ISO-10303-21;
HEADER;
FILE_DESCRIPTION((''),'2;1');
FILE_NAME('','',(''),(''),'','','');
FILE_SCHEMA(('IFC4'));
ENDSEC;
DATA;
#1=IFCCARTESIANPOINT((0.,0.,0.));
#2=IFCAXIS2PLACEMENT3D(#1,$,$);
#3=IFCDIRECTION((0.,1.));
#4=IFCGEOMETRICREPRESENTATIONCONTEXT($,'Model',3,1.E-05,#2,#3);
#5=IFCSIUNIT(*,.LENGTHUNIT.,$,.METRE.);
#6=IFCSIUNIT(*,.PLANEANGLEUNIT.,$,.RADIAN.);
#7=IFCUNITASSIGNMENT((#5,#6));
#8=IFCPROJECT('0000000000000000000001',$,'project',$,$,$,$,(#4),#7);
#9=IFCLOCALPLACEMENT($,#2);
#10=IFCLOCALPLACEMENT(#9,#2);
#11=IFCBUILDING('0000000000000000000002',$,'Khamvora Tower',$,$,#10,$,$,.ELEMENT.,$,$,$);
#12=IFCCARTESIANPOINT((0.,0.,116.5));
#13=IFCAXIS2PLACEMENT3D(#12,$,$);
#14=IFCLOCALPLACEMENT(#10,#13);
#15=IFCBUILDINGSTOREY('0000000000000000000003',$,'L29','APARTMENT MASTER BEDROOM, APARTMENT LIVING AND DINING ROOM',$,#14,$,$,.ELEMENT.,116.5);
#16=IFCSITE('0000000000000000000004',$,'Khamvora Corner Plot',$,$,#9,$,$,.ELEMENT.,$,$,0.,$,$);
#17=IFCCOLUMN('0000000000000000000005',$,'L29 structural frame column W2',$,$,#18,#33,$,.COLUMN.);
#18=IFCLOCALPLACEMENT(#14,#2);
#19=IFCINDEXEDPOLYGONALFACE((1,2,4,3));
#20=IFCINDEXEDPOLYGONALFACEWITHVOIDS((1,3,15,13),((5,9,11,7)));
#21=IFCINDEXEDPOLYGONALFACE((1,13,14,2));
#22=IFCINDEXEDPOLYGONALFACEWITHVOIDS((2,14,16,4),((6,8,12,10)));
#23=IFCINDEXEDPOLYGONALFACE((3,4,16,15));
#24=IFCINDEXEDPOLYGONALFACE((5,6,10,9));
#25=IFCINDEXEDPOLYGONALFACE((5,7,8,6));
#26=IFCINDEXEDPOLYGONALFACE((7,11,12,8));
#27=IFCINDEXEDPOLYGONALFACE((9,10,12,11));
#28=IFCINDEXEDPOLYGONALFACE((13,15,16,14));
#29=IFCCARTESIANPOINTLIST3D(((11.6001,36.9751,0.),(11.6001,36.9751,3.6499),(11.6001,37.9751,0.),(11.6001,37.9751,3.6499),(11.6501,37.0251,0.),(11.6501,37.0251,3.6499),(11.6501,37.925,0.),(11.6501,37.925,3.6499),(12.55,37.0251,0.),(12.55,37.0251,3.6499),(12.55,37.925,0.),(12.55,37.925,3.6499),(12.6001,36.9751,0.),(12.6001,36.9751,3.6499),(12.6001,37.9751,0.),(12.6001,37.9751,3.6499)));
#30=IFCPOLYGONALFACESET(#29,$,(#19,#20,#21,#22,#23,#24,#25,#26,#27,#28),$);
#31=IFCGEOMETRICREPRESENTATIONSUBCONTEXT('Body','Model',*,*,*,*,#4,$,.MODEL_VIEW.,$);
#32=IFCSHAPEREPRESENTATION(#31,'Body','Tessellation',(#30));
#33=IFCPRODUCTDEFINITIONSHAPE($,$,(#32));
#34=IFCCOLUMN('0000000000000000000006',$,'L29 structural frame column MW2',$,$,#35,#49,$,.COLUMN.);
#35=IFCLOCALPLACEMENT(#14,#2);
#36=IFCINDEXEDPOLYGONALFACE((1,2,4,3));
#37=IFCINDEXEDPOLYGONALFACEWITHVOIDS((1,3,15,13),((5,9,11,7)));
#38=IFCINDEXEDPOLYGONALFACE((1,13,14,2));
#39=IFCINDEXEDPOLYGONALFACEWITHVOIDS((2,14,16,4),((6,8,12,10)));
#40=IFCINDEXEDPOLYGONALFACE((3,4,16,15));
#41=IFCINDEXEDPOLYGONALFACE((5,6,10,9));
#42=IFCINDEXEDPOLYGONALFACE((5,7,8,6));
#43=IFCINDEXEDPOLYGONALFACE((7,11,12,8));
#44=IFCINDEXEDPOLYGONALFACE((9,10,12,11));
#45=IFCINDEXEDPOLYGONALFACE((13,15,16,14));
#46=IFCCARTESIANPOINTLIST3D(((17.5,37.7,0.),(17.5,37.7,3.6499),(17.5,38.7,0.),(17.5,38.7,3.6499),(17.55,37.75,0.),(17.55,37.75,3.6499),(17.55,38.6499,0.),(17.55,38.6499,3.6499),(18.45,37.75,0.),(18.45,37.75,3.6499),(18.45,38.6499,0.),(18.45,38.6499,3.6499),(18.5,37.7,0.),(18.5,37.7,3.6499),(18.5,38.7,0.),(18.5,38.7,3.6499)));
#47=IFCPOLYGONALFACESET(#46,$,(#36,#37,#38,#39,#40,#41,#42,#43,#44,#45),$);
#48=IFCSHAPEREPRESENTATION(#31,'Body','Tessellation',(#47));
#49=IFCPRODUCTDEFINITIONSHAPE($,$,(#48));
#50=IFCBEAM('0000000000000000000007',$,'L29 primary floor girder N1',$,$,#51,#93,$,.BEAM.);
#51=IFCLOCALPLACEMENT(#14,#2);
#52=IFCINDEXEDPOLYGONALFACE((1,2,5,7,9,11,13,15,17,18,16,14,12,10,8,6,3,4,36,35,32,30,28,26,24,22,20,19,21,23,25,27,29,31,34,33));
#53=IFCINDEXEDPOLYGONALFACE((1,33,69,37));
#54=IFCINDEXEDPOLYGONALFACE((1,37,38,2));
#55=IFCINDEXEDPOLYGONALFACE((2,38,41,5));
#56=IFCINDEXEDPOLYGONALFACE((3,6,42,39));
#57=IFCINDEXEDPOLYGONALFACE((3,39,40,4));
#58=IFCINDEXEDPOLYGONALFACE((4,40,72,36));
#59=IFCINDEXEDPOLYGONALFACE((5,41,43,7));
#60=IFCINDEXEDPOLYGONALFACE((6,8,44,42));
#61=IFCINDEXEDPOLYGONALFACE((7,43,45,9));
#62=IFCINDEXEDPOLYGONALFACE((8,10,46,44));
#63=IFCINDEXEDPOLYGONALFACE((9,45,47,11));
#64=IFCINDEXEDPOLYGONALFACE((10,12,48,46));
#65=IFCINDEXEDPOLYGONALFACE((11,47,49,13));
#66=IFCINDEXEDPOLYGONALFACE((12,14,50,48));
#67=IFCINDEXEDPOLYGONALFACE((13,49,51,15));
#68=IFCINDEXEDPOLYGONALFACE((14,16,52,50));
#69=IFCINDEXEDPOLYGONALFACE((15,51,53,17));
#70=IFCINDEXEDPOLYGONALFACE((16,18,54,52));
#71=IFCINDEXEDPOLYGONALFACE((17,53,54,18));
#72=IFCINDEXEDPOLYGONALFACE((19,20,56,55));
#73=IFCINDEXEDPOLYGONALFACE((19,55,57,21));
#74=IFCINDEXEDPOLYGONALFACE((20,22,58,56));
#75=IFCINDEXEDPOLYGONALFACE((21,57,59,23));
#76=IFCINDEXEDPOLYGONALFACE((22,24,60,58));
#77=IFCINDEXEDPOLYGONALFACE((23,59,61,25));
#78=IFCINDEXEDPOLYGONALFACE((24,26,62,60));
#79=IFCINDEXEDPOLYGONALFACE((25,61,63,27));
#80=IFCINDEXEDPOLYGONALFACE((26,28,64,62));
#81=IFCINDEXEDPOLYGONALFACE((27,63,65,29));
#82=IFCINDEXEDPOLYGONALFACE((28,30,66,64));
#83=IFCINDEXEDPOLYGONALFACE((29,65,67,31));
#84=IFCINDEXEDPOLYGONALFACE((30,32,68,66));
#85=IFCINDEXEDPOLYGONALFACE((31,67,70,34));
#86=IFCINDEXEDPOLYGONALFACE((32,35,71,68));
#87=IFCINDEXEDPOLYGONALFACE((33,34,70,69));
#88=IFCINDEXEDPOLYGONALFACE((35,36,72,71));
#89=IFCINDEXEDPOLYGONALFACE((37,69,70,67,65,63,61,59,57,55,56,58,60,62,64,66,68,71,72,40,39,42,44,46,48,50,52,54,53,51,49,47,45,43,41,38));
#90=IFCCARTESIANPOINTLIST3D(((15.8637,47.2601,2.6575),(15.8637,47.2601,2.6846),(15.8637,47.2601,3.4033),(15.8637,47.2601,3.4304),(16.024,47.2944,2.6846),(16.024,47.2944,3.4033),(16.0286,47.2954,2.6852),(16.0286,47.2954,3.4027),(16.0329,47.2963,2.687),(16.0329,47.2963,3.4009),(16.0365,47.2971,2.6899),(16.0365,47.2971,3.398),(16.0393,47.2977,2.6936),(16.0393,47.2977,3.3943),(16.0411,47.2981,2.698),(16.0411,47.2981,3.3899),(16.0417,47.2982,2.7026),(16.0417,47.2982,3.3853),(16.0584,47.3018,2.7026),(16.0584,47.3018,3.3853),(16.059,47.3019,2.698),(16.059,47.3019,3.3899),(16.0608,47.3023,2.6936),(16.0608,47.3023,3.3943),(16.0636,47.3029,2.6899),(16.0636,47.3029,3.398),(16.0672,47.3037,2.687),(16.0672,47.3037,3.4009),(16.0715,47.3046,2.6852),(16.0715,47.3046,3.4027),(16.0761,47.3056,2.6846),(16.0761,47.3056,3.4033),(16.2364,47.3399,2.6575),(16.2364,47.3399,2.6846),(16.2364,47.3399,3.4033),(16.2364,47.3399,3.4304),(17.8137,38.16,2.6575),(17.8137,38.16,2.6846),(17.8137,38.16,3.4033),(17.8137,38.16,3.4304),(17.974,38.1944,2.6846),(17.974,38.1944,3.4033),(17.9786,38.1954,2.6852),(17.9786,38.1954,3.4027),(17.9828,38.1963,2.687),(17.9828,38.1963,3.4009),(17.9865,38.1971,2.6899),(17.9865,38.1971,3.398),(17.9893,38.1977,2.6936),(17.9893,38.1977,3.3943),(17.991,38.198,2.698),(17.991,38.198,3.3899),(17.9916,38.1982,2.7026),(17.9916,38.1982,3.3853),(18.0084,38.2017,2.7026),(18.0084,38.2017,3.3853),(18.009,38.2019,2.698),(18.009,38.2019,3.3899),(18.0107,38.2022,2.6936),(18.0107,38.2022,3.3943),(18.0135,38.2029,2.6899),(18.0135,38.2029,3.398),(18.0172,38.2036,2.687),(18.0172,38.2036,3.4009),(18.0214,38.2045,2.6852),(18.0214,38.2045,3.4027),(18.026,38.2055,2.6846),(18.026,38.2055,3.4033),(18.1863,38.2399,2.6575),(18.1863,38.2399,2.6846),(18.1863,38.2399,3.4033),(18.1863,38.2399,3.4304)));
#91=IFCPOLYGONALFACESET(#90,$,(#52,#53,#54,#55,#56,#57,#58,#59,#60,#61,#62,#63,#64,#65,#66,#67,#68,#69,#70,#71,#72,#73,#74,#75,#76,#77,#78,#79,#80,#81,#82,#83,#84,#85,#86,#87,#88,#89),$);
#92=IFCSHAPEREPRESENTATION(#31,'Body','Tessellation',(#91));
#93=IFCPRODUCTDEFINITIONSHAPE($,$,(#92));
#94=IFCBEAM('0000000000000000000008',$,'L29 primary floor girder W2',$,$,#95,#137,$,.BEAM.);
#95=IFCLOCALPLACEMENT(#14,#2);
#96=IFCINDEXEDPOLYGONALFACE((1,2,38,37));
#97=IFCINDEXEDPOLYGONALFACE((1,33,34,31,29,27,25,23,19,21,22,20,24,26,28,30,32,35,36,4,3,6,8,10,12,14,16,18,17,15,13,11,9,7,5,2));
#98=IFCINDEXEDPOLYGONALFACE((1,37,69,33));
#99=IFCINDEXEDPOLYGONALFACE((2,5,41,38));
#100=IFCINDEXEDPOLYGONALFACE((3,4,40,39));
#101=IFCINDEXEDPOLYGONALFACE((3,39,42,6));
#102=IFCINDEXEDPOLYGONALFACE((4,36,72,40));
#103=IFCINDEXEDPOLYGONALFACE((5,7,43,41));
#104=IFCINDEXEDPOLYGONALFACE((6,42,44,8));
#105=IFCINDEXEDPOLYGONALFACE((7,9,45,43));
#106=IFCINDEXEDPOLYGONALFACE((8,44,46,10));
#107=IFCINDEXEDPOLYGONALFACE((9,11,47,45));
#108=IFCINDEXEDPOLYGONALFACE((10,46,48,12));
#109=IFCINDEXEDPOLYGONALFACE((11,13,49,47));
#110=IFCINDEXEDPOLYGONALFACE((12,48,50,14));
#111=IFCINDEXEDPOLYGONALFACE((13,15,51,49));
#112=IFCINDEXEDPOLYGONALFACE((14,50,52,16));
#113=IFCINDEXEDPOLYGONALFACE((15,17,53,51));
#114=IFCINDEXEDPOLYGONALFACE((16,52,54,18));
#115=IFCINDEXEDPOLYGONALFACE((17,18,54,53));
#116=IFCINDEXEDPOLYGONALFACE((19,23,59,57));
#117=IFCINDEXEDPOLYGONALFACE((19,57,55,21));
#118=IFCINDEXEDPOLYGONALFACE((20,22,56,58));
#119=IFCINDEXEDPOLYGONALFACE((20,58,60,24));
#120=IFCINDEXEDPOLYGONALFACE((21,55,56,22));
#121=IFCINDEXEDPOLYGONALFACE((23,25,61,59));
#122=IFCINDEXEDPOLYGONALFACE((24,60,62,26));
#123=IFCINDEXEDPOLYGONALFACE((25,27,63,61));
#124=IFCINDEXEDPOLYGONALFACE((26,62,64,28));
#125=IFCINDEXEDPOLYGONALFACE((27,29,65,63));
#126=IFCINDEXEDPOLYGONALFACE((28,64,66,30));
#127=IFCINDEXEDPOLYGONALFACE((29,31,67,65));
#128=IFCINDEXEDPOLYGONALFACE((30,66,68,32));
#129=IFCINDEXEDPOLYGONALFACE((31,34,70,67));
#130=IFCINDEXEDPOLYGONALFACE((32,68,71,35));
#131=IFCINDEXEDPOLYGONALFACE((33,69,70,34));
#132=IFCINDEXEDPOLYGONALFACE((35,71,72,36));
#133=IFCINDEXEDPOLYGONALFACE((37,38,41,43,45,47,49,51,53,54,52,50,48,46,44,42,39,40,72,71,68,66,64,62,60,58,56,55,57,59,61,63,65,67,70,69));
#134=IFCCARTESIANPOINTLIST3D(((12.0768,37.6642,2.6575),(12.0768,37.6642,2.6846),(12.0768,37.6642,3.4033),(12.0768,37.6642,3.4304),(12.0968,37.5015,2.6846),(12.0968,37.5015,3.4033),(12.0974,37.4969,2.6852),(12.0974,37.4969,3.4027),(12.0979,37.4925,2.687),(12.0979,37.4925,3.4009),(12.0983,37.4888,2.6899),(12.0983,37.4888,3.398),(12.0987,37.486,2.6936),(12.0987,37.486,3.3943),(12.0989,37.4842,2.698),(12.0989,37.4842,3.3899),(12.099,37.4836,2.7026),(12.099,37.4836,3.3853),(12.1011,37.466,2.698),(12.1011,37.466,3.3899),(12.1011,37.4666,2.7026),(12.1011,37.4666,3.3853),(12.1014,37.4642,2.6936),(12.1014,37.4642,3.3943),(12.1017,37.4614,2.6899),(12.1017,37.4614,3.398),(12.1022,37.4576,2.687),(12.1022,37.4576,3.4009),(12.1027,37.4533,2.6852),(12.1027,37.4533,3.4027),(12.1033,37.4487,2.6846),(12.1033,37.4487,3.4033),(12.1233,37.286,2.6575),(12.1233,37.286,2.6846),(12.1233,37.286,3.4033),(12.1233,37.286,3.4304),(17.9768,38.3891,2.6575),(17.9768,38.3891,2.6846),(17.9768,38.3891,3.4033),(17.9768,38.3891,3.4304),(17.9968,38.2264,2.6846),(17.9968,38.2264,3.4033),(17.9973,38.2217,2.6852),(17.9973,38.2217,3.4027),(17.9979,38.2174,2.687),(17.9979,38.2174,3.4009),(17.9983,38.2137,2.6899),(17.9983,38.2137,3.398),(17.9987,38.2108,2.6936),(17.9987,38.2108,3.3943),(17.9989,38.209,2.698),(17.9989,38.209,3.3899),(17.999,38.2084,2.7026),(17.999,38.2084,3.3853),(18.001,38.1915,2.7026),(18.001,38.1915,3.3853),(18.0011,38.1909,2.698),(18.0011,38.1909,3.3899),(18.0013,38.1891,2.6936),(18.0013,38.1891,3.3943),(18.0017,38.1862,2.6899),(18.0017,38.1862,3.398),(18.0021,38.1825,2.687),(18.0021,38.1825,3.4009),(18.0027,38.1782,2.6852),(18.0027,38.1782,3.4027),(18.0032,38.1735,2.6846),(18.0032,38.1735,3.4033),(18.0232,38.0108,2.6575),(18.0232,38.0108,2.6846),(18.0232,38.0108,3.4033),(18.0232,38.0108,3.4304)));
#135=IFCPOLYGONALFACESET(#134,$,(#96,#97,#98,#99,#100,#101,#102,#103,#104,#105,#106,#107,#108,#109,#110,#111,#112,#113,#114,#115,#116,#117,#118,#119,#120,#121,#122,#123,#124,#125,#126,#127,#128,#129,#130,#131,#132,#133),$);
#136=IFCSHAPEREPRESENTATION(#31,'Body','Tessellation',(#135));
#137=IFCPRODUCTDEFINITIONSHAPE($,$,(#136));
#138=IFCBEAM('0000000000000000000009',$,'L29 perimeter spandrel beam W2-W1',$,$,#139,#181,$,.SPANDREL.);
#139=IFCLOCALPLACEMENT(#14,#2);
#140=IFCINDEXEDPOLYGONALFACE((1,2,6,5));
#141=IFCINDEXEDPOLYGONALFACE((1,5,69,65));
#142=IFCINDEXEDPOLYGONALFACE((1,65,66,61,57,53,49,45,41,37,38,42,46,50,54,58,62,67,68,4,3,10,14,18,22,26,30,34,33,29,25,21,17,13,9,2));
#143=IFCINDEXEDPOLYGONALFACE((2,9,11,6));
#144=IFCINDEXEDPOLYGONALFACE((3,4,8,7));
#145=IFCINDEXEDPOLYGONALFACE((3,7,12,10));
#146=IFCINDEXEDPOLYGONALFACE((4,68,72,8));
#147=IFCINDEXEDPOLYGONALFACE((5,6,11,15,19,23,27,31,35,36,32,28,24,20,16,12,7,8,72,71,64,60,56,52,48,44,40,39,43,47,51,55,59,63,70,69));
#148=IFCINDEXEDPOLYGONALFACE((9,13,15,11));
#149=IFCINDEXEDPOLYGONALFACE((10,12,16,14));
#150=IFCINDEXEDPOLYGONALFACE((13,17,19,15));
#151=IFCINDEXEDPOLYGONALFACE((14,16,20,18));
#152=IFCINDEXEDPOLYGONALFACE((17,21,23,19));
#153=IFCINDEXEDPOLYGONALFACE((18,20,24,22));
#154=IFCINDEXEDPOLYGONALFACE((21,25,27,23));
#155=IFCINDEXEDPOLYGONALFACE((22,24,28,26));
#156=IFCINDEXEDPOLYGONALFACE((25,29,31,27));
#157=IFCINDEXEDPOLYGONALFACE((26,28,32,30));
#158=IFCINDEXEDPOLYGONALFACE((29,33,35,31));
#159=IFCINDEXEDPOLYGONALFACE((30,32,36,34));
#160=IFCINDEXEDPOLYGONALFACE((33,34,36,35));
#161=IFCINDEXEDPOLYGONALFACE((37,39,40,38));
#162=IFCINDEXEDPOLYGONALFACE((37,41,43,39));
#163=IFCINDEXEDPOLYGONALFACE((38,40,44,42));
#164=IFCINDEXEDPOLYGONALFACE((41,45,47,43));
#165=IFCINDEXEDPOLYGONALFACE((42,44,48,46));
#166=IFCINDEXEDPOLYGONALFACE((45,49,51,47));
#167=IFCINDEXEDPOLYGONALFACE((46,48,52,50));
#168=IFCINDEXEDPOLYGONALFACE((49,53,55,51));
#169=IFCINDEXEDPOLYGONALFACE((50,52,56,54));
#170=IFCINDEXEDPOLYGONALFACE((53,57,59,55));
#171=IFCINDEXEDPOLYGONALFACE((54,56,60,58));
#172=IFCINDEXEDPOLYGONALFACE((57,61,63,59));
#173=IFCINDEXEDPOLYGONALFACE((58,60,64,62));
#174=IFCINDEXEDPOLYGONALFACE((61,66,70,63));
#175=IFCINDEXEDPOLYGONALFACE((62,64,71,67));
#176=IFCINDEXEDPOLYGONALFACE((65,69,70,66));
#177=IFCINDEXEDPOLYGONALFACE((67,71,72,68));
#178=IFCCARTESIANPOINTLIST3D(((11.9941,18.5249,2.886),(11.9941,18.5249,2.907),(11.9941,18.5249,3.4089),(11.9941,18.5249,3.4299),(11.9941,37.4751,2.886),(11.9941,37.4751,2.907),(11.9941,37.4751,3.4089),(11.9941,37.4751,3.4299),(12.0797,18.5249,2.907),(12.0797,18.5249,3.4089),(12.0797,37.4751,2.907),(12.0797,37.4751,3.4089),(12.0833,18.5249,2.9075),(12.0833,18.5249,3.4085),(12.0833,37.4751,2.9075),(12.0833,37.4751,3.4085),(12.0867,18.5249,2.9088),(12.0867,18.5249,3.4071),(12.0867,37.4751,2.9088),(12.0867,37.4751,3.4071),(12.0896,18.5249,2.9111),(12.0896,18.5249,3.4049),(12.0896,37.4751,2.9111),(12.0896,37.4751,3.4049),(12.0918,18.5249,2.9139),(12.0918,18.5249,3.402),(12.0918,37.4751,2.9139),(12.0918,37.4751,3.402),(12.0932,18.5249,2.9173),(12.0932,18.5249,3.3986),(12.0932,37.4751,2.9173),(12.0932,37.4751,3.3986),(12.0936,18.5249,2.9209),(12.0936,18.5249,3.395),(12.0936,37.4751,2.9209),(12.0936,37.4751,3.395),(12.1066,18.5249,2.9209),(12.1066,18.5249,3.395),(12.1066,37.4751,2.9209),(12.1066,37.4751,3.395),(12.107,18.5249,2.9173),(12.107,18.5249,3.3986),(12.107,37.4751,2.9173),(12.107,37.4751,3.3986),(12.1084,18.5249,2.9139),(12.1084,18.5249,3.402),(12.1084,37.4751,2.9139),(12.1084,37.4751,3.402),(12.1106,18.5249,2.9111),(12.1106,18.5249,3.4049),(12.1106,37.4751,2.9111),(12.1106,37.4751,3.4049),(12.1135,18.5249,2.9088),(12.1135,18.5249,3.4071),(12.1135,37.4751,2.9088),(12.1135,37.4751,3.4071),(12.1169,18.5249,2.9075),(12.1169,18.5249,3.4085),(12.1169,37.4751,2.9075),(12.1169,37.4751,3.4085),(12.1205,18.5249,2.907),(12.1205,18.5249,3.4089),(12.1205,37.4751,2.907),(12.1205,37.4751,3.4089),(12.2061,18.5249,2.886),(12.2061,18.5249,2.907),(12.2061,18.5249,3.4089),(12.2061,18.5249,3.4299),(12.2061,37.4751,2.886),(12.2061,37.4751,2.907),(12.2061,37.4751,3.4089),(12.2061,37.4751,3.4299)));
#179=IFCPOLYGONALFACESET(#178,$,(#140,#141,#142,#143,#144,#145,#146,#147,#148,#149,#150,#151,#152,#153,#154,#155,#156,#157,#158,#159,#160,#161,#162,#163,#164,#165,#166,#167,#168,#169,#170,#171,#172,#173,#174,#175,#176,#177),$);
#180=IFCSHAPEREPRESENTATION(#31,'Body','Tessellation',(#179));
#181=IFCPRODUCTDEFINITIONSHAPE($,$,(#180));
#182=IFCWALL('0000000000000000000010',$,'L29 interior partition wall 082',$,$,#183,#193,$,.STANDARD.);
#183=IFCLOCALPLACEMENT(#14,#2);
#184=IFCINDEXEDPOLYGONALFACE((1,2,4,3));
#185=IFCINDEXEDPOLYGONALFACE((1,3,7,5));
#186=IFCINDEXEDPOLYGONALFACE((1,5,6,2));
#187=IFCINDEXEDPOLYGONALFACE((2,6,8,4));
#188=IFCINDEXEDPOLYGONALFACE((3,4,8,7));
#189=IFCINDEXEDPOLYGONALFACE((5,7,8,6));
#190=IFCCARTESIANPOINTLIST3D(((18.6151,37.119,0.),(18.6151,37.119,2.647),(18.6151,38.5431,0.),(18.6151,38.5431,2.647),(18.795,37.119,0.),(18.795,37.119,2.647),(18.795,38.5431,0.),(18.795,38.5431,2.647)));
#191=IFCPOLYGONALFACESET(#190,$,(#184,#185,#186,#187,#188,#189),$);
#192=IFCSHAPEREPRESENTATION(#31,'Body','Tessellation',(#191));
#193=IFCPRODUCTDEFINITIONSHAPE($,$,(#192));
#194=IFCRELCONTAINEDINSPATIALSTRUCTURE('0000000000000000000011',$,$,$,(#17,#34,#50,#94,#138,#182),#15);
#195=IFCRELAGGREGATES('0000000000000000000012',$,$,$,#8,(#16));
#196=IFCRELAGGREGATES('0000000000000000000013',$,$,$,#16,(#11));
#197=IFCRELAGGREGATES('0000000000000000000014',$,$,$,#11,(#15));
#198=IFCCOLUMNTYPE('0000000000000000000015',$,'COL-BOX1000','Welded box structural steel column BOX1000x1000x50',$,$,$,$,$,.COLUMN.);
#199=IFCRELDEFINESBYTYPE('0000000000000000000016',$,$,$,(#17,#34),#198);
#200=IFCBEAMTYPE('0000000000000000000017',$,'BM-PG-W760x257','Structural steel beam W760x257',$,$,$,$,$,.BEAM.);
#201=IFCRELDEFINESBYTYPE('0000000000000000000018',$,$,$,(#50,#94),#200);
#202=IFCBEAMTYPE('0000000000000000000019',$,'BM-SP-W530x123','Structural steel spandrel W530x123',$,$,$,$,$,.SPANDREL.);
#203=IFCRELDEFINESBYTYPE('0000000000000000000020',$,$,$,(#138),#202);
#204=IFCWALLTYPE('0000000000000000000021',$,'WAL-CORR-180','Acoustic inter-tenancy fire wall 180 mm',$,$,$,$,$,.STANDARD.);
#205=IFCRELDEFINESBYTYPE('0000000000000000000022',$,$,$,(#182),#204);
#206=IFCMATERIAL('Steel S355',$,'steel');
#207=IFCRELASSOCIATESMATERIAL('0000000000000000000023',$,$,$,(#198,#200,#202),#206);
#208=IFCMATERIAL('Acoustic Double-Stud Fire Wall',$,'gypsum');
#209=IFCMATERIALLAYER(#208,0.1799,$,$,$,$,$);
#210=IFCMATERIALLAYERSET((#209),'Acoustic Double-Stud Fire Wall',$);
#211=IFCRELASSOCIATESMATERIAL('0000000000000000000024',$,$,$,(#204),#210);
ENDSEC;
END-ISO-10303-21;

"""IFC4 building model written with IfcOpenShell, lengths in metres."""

from ifc_helpers import new_model, si_unit, direction, frame, frame_2d, origin, origin_2d, place, context, subcontext, project, spatial, rectangle, hollow_rectangle, i_section, extrude, material, layer, layer_set, material_profile, profile_set, type_object, element, save


model = new_model("IFC4")

# Units and contexts
model_context = context("Model", 3, precision=1e-05, world=origin(), true_north=direction((0.0, 1.0)))
body_context = subcontext(model_context, "Body", "Model", "MODEL_VIEW")
ifc_project = project(units=[si_unit("LENGTHUNIT", "METRE"), si_unit("PLANEANGLEUNIT", "RADIAN")], contexts=[model_context])

# Site, building, storey
site_placement = place(None, origin())
site = spatial("IfcSite", under=ifc_project, at=site_placement, Name="Khamvora Corner Plot", CompositionType="ELEMENT", RefElevation=0.0)
building_placement = place(site_placement, origin())
building = spatial("IfcBuilding", under=site, at=building_placement, Name="Khamvora Tower", CompositionType="ELEMENT")
storey_placement = place(building_placement, frame((0.0, 0.0, 116.5)))
storey = spatial("IfcBuildingStorey", under=building, at=storey_placement, Name="L29", Description="APARTMENT MASTER BEDROOM, APARTMENT LIVING AND DINING ROOM", CompositionType="ELEMENT", Elevation=116.5)

# Columns
ifc_material_1 = material(Name="Steel S355", Category="steel")
ifc_material_profile_1 = material_profile(ifc_material_1, hollow_rectangle(XDim=1.0, YDim=1.0, WallThickness=0.05, at=origin_2d()), Name="BOX1000x1000x50")
ifc_profile_set_1 = profile_set([ifc_material_profile_1], Name="Steel S355")
column_type = type_object("IfcColumnType", Name="COL-BOX1000", Description="Welded box structural steel column BOX1000x1000x50", PredefinedType="COLUMN", material=ifc_profile_set_1)
for number, where, z_axis, x_axis, name in (
    (1, (12.1001, 37.4751, 0.0), (0.0, 0.0, 1.0), (1.0, 0.0, 0.0), "L29 structural frame column W2"),
    (2, (18.0, 38.2, 0.0), (0.0, 0.0, 1.0), (1.0, 0.0, 0.0), "L29 structural frame column MW2"),
):
    element("IfcColumn", number, at=place(storey_placement, frame(where, z_axis=z_axis, x_axis=x_axis)), inside=storey, type_object=column_type, Name=name, PredefinedType="COLUMN", context=body_context, shape_type="SweptSolid", body=[
        extrude(hollow_rectangle(XDim=1.0, YDim=1.0, WallThickness=0.05, at=origin_2d()), origin(), (0.0, 0.0, 1.0), 3.6499),
    ])

# Beams
ifc_material_profile_2 = material_profile(ifc_material_1, i_section(OverallWidth=0.3811, OverallDepth=0.7729, WebThickness=0.0171, FlangeThickness=0.0271, FilletRadius=0.0181, at=origin_2d()), Name="W760x257")
ifc_profile_set_2 = profile_set([ifc_material_profile_2], Name="Steel S355")
beam_type_1 = type_object("IfcBeamType", Name="BM-PG-W760x257", Description="Structural steel beam W760x257", PredefinedType="BEAM", material=ifc_profile_set_2)
beam_1_placement = place(storey_placement, frame((18.0, 38.2, 3.0439), z_axis=(-0.209522, 0.977804, 0.0), x_axis=(-0.977804, -0.209522, 0.0)))
element("IfcBeam", 3, at=beam_1_placement, inside=storey, type_object=beam_type_1, Name="L29 primary floor girder N1", PredefinedType="BEAM", context=body_context, shape_type="SweptSolid", body=[
    extrude(i_section(OverallWidth=0.3811, OverallDepth=0.7729, WebThickness=0.0171, FlangeThickness=0.0271, FilletRadius=0.0181, at=origin_2d()), origin(), (0.0, 0.0, 1.0), 9.3066),
])
beam_2_placement = place(storey_placement, frame((18.0, 38.2, 3.0439), z_axis=(-0.992537, -0.121942, 0.0), x_axis=(0.121942, -0.992537, 0.0)))
element("IfcBeam", 4, at=beam_2_placement, inside=storey, type_object=beam_type_1, Name="L29 primary floor girder W2", PredefinedType="BEAM", context=body_context, shape_type="SweptSolid", body=[
    extrude(i_section(OverallWidth=0.3811, OverallDepth=0.7729, WebThickness=0.0171, FlangeThickness=0.0271, FilletRadius=0.0181, at=origin_2d()), origin(), (0.0, 0.0, 1.0), 5.9443),
])
ifc_material_profile_3 = material_profile(ifc_material_1, i_section(OverallWidth=0.2119, OverallDepth=0.5439, WebThickness=0.0129, FlangeThickness=0.021, FilletRadius=0.0139, at=origin_2d()), Name="W530x123")
ifc_profile_set_3 = profile_set([ifc_material_profile_3], Name="Steel S355")
beam_type_2 = type_object("IfcBeamType", Name="BM-SP-W530x123", Description="Structural steel spandrel W530x123", PredefinedType="SPANDREL", material=ifc_profile_set_3)
beam_3_placement = place(storey_placement, frame((12.1001, 37.4751, 3.158), z_axis=(0.0, -1.0, 0.0), x_axis=(1.0, 0.0, 0.0)))
element("IfcBeam", 5, at=beam_3_placement, inside=storey, type_object=beam_type_2, Name="L29 perimeter spandrel beam W2-W1", PredefinedType="SPANDREL", context=body_context, shape_type="SweptSolid", body=[
    extrude(i_section(OverallWidth=0.2119, OverallDepth=0.5439, WebThickness=0.0129, FlangeThickness=0.021, FilletRadius=0.0139, at=origin_2d()), origin(), (0.0, 0.0, 1.0), 18.9502),
])

# Wall
ifc_material_2 = material(Name="Acoustic Double-Stud Fire Wall", Category="gypsum")
ifc_layer_1 = layer(ifc_material_2, 0.1799)
ifc_layer_set_1 = layer_set([ifc_layer_1], Name="Acoustic Double-Stud Fire Wall")
wall_type_1 = type_object("IfcWallType", Name="WAL-CORR-180", Description="Acoustic inter-tenancy fire wall 180 mm", PredefinedType="STANDARD", material=ifc_layer_set_1)
wall_1_placement = place(storey_placement, frame((18.7051, 38.543, 0.0), z_axis=(0.0, 0.0, 1.0), x_axis=(0.0, -1.0, 0.0)))
element("IfcWall", 6, at=wall_1_placement, inside=storey, type_object=wall_type_1, Name="L29 interior partition wall 082", PredefinedType="STANDARD", context=body_context, shape_type="SweptSolid", body=[
    extrude(rectangle(XDim=1.4241, YDim=0.1799, at=frame_2d((0.7119, 0.0))), origin(), (0.0, 0.0, 1.0), 2.647),
])

save(model, "model.ifc")
